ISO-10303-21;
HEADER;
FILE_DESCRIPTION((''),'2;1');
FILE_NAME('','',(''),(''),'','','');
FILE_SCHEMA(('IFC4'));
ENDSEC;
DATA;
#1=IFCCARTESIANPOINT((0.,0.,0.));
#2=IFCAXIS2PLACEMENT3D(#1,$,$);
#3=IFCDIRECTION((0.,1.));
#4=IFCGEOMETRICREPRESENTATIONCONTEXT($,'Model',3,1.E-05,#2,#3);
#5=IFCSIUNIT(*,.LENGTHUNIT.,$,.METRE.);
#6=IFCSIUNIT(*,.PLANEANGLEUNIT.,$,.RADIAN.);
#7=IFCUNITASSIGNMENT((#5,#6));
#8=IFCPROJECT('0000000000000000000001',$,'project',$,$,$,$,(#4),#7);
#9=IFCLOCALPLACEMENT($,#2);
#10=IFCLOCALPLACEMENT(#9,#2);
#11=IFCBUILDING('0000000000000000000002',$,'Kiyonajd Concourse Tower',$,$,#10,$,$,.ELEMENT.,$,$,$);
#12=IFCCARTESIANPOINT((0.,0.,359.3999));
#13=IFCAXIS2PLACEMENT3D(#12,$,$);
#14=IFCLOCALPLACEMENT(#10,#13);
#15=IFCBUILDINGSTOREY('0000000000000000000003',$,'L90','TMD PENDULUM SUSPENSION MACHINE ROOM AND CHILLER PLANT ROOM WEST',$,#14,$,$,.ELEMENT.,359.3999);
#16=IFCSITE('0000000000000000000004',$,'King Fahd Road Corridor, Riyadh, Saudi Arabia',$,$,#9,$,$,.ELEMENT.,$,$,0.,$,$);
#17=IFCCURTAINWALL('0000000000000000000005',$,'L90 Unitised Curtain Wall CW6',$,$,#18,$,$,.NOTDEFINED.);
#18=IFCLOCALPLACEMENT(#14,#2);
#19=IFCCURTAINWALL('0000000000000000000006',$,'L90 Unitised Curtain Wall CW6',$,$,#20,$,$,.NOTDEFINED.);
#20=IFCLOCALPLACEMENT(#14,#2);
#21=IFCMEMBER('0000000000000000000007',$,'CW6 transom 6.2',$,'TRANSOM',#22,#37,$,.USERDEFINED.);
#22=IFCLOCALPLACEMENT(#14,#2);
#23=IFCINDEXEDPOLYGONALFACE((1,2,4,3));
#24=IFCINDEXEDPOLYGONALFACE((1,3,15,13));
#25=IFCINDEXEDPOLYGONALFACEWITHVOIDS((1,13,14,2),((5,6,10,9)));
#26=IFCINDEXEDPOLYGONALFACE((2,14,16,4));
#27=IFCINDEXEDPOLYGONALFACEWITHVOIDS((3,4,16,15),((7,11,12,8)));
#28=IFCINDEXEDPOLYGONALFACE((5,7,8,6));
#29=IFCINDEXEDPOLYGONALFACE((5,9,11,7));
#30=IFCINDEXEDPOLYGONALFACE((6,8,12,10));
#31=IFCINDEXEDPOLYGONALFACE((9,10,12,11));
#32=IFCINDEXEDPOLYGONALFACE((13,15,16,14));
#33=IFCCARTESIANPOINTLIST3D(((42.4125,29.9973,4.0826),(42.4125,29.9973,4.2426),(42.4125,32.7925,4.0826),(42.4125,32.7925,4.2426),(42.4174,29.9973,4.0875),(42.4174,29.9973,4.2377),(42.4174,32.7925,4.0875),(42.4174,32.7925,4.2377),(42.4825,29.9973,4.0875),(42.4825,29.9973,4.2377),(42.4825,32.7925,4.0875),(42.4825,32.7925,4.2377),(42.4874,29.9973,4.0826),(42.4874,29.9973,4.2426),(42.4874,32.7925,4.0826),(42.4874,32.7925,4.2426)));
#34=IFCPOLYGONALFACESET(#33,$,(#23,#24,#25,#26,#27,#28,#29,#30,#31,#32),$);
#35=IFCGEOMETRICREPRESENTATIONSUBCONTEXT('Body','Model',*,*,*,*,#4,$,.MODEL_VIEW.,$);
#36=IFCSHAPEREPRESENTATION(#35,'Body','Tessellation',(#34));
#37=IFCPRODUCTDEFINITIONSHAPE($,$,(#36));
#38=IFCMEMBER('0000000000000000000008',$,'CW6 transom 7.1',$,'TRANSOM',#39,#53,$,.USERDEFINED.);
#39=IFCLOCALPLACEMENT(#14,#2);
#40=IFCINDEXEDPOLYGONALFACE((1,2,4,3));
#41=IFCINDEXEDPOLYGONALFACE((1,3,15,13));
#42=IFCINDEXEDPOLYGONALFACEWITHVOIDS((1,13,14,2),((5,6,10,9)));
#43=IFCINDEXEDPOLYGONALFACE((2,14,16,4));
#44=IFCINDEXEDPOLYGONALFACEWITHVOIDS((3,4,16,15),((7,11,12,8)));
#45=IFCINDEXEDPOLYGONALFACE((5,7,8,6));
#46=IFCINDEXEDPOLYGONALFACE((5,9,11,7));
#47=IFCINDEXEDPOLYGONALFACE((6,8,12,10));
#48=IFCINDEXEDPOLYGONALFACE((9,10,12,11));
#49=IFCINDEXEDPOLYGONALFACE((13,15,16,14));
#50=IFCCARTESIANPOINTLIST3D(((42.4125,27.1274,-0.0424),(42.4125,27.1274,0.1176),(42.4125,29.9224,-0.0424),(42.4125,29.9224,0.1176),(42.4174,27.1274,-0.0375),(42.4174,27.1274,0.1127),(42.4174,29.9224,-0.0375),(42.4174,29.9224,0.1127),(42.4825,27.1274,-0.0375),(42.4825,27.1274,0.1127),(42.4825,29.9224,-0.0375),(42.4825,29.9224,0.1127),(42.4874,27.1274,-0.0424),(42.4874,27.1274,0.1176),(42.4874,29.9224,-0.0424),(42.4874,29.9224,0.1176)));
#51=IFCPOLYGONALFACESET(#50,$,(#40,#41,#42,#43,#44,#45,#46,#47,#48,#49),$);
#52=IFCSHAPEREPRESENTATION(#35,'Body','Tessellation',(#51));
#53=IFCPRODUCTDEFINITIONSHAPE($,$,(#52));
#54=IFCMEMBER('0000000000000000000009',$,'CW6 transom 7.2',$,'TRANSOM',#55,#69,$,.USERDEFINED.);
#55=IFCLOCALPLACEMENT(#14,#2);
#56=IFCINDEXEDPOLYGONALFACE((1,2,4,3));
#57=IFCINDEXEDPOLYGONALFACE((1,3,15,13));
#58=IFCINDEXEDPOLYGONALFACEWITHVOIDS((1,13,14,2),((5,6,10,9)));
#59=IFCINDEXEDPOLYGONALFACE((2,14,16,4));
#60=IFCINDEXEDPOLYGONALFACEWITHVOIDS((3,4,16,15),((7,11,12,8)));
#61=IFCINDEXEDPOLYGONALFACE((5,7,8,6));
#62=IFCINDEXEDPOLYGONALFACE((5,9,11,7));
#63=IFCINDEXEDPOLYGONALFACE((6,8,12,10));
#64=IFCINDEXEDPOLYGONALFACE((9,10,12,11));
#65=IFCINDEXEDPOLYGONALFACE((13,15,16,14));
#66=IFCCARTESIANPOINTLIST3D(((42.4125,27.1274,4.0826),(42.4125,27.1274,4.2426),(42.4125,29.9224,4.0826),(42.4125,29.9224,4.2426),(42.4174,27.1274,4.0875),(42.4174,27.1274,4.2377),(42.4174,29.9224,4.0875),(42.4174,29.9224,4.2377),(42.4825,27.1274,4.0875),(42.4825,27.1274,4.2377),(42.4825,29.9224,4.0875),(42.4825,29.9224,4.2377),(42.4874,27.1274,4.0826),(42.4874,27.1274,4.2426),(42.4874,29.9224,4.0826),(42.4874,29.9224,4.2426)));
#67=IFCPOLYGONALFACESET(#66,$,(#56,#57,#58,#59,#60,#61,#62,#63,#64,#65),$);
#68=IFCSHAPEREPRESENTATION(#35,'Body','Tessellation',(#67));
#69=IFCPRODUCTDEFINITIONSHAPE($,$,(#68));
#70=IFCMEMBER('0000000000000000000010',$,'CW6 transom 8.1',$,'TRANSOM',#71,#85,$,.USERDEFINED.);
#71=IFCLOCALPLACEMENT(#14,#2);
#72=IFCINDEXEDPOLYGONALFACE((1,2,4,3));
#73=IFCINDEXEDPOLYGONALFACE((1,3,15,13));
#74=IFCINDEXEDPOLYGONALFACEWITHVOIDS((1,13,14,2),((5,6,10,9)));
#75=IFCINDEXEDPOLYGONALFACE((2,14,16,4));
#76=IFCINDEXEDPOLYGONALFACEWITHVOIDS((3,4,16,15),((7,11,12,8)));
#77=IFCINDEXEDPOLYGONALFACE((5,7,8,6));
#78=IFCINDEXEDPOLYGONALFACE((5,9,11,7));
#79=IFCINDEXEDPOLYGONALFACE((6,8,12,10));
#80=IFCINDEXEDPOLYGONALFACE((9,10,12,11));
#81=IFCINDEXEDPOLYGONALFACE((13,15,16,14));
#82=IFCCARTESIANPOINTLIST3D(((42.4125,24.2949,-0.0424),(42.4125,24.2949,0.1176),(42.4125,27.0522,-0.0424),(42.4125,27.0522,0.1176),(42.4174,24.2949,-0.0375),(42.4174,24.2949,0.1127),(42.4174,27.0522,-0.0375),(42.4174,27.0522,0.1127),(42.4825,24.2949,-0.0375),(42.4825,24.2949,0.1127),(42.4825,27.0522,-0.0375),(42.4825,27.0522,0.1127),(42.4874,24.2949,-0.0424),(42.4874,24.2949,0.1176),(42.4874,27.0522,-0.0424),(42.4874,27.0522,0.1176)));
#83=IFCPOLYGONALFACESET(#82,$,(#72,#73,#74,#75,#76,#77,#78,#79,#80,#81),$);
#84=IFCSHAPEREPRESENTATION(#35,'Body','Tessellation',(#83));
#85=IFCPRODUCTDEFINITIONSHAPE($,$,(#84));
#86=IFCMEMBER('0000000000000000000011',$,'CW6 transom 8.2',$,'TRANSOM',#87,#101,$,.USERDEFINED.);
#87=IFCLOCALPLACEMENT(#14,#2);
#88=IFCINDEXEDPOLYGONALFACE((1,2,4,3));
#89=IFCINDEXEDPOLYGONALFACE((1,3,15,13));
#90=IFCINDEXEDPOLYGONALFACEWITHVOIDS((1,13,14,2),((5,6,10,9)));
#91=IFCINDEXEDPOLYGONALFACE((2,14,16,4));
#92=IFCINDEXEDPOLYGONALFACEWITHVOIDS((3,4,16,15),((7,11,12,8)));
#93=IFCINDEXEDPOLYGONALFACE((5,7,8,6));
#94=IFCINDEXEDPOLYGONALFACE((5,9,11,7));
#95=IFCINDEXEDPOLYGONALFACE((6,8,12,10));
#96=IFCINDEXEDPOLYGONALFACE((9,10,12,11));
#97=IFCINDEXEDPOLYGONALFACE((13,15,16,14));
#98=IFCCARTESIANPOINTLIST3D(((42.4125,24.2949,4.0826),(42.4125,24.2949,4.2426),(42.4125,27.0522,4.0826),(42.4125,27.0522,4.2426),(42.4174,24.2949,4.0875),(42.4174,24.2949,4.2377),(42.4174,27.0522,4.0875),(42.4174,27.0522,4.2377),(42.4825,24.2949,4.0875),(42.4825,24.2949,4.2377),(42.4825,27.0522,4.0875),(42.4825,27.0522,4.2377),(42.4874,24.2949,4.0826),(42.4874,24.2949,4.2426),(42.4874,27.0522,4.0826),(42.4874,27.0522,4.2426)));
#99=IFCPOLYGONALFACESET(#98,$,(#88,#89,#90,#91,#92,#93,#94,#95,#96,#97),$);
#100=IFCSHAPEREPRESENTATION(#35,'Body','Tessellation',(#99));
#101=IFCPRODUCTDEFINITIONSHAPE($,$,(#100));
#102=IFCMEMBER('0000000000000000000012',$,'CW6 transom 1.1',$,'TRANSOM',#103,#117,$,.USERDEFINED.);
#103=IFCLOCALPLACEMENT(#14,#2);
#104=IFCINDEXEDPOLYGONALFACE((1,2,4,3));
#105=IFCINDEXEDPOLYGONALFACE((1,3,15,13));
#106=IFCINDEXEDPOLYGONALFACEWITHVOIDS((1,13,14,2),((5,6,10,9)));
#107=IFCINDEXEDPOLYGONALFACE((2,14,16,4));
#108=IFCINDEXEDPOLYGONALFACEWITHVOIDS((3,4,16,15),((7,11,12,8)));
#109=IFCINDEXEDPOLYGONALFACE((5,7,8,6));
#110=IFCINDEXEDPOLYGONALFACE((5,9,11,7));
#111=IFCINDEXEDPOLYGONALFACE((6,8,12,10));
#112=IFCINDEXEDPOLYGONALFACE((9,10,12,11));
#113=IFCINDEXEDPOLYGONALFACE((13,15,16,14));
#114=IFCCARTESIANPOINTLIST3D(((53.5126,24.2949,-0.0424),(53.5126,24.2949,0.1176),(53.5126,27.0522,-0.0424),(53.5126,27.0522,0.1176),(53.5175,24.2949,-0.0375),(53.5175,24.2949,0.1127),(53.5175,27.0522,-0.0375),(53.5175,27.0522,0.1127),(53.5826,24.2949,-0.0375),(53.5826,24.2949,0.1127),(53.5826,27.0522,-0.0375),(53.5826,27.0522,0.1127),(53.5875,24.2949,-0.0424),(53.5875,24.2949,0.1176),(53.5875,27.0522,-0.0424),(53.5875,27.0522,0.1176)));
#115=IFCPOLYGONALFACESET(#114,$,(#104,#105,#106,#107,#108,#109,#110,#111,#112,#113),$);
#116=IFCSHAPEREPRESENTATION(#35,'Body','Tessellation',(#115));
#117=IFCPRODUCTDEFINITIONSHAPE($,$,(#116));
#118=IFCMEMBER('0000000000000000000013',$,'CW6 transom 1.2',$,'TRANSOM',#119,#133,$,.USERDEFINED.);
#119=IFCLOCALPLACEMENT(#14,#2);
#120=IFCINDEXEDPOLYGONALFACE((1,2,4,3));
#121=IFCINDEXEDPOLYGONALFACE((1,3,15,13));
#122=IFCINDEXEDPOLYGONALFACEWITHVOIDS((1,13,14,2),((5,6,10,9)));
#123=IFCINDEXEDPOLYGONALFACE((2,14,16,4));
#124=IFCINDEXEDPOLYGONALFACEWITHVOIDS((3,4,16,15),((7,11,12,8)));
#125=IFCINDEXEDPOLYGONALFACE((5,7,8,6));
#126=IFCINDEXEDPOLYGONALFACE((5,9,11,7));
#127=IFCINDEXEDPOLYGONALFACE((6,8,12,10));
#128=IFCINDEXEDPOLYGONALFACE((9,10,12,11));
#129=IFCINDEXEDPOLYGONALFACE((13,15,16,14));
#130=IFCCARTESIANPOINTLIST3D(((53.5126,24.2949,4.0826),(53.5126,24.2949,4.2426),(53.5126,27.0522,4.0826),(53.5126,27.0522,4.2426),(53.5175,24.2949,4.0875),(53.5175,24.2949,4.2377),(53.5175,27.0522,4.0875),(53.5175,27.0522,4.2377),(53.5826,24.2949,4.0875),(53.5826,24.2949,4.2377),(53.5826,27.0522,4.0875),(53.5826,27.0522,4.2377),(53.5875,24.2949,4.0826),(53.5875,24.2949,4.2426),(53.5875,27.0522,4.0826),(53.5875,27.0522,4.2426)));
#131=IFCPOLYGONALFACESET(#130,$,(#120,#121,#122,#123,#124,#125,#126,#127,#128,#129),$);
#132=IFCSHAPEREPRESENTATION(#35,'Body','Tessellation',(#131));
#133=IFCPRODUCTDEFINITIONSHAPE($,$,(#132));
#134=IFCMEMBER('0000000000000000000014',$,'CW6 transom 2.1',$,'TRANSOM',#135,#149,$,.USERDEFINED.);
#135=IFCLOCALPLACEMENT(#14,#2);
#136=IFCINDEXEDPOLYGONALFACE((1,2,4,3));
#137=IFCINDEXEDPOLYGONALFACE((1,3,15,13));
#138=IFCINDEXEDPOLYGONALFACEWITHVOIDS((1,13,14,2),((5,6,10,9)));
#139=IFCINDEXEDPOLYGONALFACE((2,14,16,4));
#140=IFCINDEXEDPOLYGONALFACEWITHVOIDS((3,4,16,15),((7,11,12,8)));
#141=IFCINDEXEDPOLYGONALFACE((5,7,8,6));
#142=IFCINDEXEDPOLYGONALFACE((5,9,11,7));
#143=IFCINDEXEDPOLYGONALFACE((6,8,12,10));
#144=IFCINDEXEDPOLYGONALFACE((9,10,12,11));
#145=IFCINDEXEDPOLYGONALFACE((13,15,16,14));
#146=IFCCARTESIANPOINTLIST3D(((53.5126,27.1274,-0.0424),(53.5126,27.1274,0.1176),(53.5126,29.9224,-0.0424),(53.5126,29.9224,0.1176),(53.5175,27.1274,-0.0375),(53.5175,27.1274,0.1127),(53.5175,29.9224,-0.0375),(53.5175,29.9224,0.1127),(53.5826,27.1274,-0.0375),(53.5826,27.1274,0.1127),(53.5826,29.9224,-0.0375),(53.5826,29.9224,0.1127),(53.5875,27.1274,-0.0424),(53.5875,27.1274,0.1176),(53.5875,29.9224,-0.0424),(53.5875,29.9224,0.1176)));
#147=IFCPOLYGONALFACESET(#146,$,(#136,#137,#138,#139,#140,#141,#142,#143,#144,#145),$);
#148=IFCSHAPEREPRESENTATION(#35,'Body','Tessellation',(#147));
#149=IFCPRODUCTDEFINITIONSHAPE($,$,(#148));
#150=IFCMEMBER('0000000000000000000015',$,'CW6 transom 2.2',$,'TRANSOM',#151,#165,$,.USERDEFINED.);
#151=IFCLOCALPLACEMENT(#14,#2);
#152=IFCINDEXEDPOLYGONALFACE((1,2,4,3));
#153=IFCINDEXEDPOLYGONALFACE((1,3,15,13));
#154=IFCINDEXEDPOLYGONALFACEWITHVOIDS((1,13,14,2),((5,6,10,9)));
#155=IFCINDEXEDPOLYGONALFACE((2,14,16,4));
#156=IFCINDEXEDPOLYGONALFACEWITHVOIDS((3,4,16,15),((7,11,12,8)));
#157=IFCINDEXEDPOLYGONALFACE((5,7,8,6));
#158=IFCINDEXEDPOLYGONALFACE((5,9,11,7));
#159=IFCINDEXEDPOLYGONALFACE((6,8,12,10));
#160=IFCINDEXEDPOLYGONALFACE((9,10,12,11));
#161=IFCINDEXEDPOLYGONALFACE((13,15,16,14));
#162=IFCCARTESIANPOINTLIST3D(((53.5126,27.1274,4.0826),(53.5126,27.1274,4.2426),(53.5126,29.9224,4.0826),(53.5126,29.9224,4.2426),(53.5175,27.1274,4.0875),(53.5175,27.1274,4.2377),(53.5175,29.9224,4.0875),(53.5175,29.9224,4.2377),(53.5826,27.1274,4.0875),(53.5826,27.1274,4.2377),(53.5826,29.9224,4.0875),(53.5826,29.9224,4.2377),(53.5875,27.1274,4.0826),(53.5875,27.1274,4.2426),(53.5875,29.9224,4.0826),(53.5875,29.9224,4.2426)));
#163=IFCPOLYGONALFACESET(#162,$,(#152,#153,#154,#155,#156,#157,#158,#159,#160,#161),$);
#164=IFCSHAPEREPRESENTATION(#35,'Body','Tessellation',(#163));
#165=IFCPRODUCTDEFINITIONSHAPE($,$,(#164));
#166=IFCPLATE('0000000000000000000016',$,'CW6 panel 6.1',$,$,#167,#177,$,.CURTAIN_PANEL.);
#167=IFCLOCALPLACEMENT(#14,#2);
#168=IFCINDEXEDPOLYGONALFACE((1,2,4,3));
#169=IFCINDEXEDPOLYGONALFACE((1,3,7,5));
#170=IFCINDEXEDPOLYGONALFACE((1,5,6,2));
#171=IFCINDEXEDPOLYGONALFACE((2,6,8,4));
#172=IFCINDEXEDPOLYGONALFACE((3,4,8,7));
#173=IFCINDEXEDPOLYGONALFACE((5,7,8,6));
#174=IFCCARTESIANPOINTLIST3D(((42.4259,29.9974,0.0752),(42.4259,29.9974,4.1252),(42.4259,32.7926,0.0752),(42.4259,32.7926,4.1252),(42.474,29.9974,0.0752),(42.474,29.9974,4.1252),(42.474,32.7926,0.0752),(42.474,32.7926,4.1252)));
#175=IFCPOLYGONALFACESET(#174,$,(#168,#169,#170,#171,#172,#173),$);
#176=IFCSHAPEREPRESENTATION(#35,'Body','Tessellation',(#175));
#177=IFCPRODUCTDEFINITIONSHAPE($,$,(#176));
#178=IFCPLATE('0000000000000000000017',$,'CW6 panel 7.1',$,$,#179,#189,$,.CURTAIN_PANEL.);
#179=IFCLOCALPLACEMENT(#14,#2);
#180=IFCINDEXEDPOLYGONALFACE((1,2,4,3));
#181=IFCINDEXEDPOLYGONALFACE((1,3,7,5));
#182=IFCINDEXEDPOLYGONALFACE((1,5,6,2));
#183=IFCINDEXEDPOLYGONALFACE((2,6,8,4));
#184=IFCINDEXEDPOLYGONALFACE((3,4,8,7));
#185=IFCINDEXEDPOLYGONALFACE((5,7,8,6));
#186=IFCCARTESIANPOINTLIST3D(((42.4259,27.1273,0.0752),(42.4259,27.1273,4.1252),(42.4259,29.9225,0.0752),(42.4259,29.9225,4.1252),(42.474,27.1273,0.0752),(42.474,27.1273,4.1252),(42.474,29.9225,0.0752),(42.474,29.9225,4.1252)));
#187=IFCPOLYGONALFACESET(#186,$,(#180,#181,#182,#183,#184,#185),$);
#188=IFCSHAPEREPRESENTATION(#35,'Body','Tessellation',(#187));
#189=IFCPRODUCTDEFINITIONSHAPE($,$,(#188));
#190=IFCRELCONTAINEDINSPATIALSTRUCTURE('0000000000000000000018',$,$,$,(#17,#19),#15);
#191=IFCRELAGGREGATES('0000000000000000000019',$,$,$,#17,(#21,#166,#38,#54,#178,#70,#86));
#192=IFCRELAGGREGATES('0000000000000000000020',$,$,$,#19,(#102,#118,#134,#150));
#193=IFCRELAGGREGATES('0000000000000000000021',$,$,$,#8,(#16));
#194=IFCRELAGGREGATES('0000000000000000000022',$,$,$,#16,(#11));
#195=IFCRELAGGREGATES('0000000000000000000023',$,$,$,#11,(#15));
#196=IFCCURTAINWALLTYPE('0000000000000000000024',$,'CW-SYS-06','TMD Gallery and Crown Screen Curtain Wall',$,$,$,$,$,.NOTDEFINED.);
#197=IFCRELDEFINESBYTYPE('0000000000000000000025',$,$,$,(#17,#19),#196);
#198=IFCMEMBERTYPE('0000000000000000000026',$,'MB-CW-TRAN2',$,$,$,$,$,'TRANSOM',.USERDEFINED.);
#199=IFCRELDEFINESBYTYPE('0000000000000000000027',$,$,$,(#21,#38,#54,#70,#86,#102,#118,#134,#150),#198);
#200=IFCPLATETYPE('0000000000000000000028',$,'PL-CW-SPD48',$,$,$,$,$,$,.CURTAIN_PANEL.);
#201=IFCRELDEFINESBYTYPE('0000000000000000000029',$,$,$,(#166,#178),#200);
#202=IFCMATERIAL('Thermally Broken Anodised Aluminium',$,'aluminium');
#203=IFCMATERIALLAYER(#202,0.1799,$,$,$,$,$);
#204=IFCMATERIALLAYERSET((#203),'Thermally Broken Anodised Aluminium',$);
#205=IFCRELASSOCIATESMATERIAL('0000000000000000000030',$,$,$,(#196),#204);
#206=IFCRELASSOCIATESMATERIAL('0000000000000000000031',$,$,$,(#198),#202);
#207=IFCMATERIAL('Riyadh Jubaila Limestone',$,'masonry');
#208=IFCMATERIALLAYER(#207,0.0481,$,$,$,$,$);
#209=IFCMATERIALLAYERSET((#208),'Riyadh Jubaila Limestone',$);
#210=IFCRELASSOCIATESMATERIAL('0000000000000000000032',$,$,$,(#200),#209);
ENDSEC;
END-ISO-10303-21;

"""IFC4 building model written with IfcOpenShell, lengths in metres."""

from ifc_helpers import new_model, si_unit, direction, frame, origin, origin_2d, place, context, subcontext, project, spatial, rectangle, hollow_rectangle, extrude, material, layer, layer_set, material_profile, profile_set, type_object, element, aggregate, save


model = new_model("IFC4")

# Units and contexts
model_context = context("Model", 3, precision=1e-05, world=origin(), true_north=direction((0.0, 1.0)))
body_context = subcontext(model_context, "Body", "Model", "MODEL_VIEW")
ifc_project = project(units=[si_unit("LENGTHUNIT", "METRE"), si_unit("PLANEANGLEUNIT", "RADIAN")], contexts=[model_context])

# Site, building, storey
site_placement = place(None, origin())
site = spatial("IfcSite", under=ifc_project, at=site_placement, Name="King Fahd Road Corridor, Riyadh, Saudi Arabia", CompositionType="ELEMENT", RefElevation=0.0)
building_placement = place(site_placement, origin())
building = spatial("IfcBuilding", under=site, at=building_placement, Name="Kiyonajd Concourse Tower", CompositionType="ELEMENT")
storey_placement = place(building_placement, frame((0.0, 0.0, 359.3999)))
storey = spatial("IfcBuildingStorey", under=building, at=storey_placement, Name="L90", Description="TMD PENDULUM SUSPENSION MACHINE ROOM AND CHILLER PLANT ROOM WEST", CompositionType="ELEMENT", Elevation=359.3999)

# Curtain walls
ifc_material_1 = material(Name="Thermally Broken Anodised Aluminium", Category="aluminium")
ifc_layer_1 = layer(ifc_material_1, 0.1799)
ifc_layer_set_1 = layer_set([ifc_layer_1], Name="Thermally Broken Anodised Aluminium")
curtain_wall_type = type_object("IfcCurtainWallType", Name="CW-SYS-06", Description="TMD Gallery and Crown Screen Curtain Wall", PredefinedType="NOTDEFINED", material=ifc_layer_set_1)
curtain_wall_1_placement = place(storey_placement, origin())
curtain_wall_1 = element("IfcCurtainWall", 1, at=curtain_wall_1_placement, inside=storey, type_object=curtain_wall_type, Name="L90 Unitised Curtain Wall CW6", PredefinedType="NOTDEFINED")
curtain_wall_2_placement = place(storey_placement, origin())
curtain_wall_2 = element("IfcCurtainWall", 2, at=curtain_wall_2_placement, inside=storey, type_object=curtain_wall_type, Name="L90 Unitised Curtain Wall CW6", PredefinedType="NOTDEFINED")

# Members
ifc_material_profile_1 = material_profile(ifc_material_1, hollow_rectangle(XDim=0.075, YDim=0.1599, WallThickness=0.0049, at=origin_2d()), Name="TRAN-75x160")
ifc_profile_set_1 = profile_set([ifc_material_profile_1], Name="Thermally Broken Anodised Aluminium")
member_type_1 = type_object("IfcMemberType", Name="MB-CW-TRAN2", ElementType="TRANSOM", PredefinedType="USERDEFINED", material=ifc_profile_set_1)
member_1_placement = place(storey_placement, frame((42.45, 32.7925, 4.1626), z_axis=(0.0, -1.0, 0.0), x_axis=(1.0, 0.0, 0.0)))
member_1 = element("IfcMember", 3, at=member_1_placement, type_object=member_type_1, Name="CW6 transom 6.2", ObjectType="TRANSOM", PredefinedType="USERDEFINED", context=body_context, shape_type="SweptSolid", body=[
    extrude(hollow_rectangle(XDim=0.075, YDim=0.1599, WallThickness=0.0049, at=origin_2d()), origin(), (0.0, 0.0, 1.0), 2.7952),
])
member_2_placement = place(storey_placement, frame((42.45, 29.9224, 0.0376), z_axis=(0.0, -1.0, 0.0), x_axis=(1.0, 0.0, 0.0)))
member_2 = element("IfcMember", 4, at=member_2_placement, type_object=member_type_1, Name="CW6 transom 7.1", ObjectType="TRANSOM", PredefinedType="USERDEFINED", context=body_context, shape_type="SweptSolid", body=[
    extrude(hollow_rectangle(XDim=0.075, YDim=0.1599, WallThickness=0.0049, at=origin_2d()), origin(), (0.0, 0.0, 1.0), 2.7949),
])
member_3_placement = place(storey_placement, frame((42.45, 29.9224, 4.1626), z_axis=(0.0, -1.0, 0.0), x_axis=(1.0, 0.0, 0.0)))
member_3 = element("IfcMember", 5, at=member_3_placement, type_object=member_type_1, Name="CW6 transom 7.2", ObjectType="TRANSOM", PredefinedType="USERDEFINED", context=body_context, shape_type="SweptSolid", body=[
    extrude(hollow_rectangle(XDim=0.075, YDim=0.1599, WallThickness=0.0049, at=origin_2d()), origin(), (0.0, 0.0, 1.0), 2.7949),
])
member_4_placement = place(storey_placement, frame((42.45, 27.0522, 0.0376), z_axis=(0.0, -1.0, 0.0), x_axis=(1.0, 0.0, 0.0)))
member_4 = element("IfcMember", 6, at=member_4_placement, type_object=member_type_1, Name="CW6 transom 8.1", ObjectType="TRANSOM", PredefinedType="USERDEFINED", context=body_context, shape_type="SweptSolid", body=[
    extrude(hollow_rectangle(XDim=0.075, YDim=0.1599, WallThickness=0.0049, at=origin_2d()), origin(), (0.0, 0.0, 1.0), 2.7573),
])
member_5_placement = place(storey_placement, frame((42.45, 27.0522, 4.1626), z_axis=(0.0, -1.0, 0.0), x_axis=(1.0, 0.0, 0.0)))
member_5 = element("IfcMember", 7, at=member_5_placement, type_object=member_type_1, Name="CW6 transom 8.2", ObjectType="TRANSOM", PredefinedType="USERDEFINED", context=body_context, shape_type="SweptSolid", body=[
    extrude(hollow_rectangle(XDim=0.075, YDim=0.1599, WallThickness=0.0049, at=origin_2d()), origin(), (0.0, 0.0, 1.0), 2.7573),
])
member_6_placement = place(storey_placement, frame((53.55, 24.2949, 0.0376), z_axis=(0.0, 1.0, 0.0), x_axis=(-1.0, 0.0, 0.0)))
member_6 = element("IfcMember", 8, at=member_6_placement, type_object=member_type_1, Name="CW6 transom 1.1", ObjectType="TRANSOM", PredefinedType="USERDEFINED", context=body_context, shape_type="SweptSolid", body=[
    extrude(hollow_rectangle(XDim=0.075, YDim=0.1599, WallThickness=0.0049, at=origin_2d()), origin(), (0.0, 0.0, 1.0), 2.7573),
])
member_7_placement = place(storey_placement, frame((53.55, 24.2949, 4.1626), z_axis=(0.0, 1.0, 0.0), x_axis=(-1.0, 0.0, 0.0)))
member_7 = element("IfcMember", 9, at=member_7_placement, type_object=member_type_1, Name="CW6 transom 1.2", ObjectType="TRANSOM", PredefinedType="USERDEFINED", context=body_context, shape_type="SweptSolid", body=[
    extrude(hollow_rectangle(XDim=0.075, YDim=0.1599, WallThickness=0.0049, at=origin_2d()), origin(), (0.0, 0.0, 1.0), 2.7573),
])
member_8_placement = place(storey_placement, frame((53.55, 27.1274, 0.0376), z_axis=(0.0, 1.0, 0.0), x_axis=(-1.0, 0.0, 0.0)))
member_8 = element("IfcMember", 10, at=member_8_placement, type_object=member_type_1, Name="CW6 transom 2.1", ObjectType="TRANSOM", PredefinedType="USERDEFINED", context=body_context, shape_type="SweptSolid", body=[
    extrude(hollow_rectangle(XDim=0.075, YDim=0.1599, WallThickness=0.0049, at=origin_2d()), origin(), (0.0, 0.0, 1.0), 2.7949),
])
member_9_placement = place(storey_placement, frame((53.55, 27.1274, 4.1626), z_axis=(0.0, 1.0, 0.0), x_axis=(-1.0, 0.0, 0.0)))
member_9 = element("IfcMember", 11, at=member_9_placement, type_object=member_type_1, Name="CW6 transom 2.2", ObjectType="TRANSOM", PredefinedType="USERDEFINED", context=body_context, shape_type="SweptSolid", body=[
    extrude(hollow_rectangle(XDim=0.075, YDim=0.1599, WallThickness=0.0049, at=origin_2d()), origin(), (0.0, 0.0, 1.0), 2.7949),
])

# Plates
ifc_material_2 = material(Name="Riyadh Jubaila Limestone", Category="masonry")
ifc_layer_2 = layer(ifc_material_2, 0.0481)
ifc_layer_set_2 = layer_set([ifc_layer_2], Name="Riyadh Jubaila Limestone")
plate_type = type_object("IfcPlateType", Name="PL-CW-SPD48", PredefinedType="CURTAIN_PANEL", material=ifc_layer_set_2)
plate_1_placement = place(storey_placement, frame((42.45, 31.395, 0.0752), z_axis=(0.0, 0.0, 1.0), x_axis=(0.0, -1.0, 0.0)))
plate_1 = element("IfcPlate", 12, at=plate_1_placement, type_object=plate_type, Name="CW6 panel 6.1", PredefinedType="CURTAIN_PANEL", context=body_context, shape_type="SweptSolid", body=[
    extrude(rectangle(XDim=2.7952, YDim=0.0481, at=origin_2d()), origin(), (0.0, 0.0, 1.0), 4.05),
])
plate_2_placement = place(storey_placement, frame((42.45, 28.5249, 0.0752), z_axis=(0.0, 0.0, 1.0), x_axis=(0.0, -1.0, 0.0)))
plate_2 = element("IfcPlate", 13, at=plate_2_placement, type_object=plate_type, Name="CW6 panel 7.1", PredefinedType="CURTAIN_PANEL", context=body_context, shape_type="SweptSolid", body=[
    extrude(rectangle(XDim=2.7952, YDim=0.0481, at=origin_2d()), origin(), (0.0, 0.0, 1.0), 4.05),
])
aggregate(curtain_wall_1, [member_1, plate_1, member_2, member_3, plate_2, member_4, member_5])
aggregate(curtain_wall_2, [member_6, member_7, member_8, member_9])

save(model, "model.ifc")
